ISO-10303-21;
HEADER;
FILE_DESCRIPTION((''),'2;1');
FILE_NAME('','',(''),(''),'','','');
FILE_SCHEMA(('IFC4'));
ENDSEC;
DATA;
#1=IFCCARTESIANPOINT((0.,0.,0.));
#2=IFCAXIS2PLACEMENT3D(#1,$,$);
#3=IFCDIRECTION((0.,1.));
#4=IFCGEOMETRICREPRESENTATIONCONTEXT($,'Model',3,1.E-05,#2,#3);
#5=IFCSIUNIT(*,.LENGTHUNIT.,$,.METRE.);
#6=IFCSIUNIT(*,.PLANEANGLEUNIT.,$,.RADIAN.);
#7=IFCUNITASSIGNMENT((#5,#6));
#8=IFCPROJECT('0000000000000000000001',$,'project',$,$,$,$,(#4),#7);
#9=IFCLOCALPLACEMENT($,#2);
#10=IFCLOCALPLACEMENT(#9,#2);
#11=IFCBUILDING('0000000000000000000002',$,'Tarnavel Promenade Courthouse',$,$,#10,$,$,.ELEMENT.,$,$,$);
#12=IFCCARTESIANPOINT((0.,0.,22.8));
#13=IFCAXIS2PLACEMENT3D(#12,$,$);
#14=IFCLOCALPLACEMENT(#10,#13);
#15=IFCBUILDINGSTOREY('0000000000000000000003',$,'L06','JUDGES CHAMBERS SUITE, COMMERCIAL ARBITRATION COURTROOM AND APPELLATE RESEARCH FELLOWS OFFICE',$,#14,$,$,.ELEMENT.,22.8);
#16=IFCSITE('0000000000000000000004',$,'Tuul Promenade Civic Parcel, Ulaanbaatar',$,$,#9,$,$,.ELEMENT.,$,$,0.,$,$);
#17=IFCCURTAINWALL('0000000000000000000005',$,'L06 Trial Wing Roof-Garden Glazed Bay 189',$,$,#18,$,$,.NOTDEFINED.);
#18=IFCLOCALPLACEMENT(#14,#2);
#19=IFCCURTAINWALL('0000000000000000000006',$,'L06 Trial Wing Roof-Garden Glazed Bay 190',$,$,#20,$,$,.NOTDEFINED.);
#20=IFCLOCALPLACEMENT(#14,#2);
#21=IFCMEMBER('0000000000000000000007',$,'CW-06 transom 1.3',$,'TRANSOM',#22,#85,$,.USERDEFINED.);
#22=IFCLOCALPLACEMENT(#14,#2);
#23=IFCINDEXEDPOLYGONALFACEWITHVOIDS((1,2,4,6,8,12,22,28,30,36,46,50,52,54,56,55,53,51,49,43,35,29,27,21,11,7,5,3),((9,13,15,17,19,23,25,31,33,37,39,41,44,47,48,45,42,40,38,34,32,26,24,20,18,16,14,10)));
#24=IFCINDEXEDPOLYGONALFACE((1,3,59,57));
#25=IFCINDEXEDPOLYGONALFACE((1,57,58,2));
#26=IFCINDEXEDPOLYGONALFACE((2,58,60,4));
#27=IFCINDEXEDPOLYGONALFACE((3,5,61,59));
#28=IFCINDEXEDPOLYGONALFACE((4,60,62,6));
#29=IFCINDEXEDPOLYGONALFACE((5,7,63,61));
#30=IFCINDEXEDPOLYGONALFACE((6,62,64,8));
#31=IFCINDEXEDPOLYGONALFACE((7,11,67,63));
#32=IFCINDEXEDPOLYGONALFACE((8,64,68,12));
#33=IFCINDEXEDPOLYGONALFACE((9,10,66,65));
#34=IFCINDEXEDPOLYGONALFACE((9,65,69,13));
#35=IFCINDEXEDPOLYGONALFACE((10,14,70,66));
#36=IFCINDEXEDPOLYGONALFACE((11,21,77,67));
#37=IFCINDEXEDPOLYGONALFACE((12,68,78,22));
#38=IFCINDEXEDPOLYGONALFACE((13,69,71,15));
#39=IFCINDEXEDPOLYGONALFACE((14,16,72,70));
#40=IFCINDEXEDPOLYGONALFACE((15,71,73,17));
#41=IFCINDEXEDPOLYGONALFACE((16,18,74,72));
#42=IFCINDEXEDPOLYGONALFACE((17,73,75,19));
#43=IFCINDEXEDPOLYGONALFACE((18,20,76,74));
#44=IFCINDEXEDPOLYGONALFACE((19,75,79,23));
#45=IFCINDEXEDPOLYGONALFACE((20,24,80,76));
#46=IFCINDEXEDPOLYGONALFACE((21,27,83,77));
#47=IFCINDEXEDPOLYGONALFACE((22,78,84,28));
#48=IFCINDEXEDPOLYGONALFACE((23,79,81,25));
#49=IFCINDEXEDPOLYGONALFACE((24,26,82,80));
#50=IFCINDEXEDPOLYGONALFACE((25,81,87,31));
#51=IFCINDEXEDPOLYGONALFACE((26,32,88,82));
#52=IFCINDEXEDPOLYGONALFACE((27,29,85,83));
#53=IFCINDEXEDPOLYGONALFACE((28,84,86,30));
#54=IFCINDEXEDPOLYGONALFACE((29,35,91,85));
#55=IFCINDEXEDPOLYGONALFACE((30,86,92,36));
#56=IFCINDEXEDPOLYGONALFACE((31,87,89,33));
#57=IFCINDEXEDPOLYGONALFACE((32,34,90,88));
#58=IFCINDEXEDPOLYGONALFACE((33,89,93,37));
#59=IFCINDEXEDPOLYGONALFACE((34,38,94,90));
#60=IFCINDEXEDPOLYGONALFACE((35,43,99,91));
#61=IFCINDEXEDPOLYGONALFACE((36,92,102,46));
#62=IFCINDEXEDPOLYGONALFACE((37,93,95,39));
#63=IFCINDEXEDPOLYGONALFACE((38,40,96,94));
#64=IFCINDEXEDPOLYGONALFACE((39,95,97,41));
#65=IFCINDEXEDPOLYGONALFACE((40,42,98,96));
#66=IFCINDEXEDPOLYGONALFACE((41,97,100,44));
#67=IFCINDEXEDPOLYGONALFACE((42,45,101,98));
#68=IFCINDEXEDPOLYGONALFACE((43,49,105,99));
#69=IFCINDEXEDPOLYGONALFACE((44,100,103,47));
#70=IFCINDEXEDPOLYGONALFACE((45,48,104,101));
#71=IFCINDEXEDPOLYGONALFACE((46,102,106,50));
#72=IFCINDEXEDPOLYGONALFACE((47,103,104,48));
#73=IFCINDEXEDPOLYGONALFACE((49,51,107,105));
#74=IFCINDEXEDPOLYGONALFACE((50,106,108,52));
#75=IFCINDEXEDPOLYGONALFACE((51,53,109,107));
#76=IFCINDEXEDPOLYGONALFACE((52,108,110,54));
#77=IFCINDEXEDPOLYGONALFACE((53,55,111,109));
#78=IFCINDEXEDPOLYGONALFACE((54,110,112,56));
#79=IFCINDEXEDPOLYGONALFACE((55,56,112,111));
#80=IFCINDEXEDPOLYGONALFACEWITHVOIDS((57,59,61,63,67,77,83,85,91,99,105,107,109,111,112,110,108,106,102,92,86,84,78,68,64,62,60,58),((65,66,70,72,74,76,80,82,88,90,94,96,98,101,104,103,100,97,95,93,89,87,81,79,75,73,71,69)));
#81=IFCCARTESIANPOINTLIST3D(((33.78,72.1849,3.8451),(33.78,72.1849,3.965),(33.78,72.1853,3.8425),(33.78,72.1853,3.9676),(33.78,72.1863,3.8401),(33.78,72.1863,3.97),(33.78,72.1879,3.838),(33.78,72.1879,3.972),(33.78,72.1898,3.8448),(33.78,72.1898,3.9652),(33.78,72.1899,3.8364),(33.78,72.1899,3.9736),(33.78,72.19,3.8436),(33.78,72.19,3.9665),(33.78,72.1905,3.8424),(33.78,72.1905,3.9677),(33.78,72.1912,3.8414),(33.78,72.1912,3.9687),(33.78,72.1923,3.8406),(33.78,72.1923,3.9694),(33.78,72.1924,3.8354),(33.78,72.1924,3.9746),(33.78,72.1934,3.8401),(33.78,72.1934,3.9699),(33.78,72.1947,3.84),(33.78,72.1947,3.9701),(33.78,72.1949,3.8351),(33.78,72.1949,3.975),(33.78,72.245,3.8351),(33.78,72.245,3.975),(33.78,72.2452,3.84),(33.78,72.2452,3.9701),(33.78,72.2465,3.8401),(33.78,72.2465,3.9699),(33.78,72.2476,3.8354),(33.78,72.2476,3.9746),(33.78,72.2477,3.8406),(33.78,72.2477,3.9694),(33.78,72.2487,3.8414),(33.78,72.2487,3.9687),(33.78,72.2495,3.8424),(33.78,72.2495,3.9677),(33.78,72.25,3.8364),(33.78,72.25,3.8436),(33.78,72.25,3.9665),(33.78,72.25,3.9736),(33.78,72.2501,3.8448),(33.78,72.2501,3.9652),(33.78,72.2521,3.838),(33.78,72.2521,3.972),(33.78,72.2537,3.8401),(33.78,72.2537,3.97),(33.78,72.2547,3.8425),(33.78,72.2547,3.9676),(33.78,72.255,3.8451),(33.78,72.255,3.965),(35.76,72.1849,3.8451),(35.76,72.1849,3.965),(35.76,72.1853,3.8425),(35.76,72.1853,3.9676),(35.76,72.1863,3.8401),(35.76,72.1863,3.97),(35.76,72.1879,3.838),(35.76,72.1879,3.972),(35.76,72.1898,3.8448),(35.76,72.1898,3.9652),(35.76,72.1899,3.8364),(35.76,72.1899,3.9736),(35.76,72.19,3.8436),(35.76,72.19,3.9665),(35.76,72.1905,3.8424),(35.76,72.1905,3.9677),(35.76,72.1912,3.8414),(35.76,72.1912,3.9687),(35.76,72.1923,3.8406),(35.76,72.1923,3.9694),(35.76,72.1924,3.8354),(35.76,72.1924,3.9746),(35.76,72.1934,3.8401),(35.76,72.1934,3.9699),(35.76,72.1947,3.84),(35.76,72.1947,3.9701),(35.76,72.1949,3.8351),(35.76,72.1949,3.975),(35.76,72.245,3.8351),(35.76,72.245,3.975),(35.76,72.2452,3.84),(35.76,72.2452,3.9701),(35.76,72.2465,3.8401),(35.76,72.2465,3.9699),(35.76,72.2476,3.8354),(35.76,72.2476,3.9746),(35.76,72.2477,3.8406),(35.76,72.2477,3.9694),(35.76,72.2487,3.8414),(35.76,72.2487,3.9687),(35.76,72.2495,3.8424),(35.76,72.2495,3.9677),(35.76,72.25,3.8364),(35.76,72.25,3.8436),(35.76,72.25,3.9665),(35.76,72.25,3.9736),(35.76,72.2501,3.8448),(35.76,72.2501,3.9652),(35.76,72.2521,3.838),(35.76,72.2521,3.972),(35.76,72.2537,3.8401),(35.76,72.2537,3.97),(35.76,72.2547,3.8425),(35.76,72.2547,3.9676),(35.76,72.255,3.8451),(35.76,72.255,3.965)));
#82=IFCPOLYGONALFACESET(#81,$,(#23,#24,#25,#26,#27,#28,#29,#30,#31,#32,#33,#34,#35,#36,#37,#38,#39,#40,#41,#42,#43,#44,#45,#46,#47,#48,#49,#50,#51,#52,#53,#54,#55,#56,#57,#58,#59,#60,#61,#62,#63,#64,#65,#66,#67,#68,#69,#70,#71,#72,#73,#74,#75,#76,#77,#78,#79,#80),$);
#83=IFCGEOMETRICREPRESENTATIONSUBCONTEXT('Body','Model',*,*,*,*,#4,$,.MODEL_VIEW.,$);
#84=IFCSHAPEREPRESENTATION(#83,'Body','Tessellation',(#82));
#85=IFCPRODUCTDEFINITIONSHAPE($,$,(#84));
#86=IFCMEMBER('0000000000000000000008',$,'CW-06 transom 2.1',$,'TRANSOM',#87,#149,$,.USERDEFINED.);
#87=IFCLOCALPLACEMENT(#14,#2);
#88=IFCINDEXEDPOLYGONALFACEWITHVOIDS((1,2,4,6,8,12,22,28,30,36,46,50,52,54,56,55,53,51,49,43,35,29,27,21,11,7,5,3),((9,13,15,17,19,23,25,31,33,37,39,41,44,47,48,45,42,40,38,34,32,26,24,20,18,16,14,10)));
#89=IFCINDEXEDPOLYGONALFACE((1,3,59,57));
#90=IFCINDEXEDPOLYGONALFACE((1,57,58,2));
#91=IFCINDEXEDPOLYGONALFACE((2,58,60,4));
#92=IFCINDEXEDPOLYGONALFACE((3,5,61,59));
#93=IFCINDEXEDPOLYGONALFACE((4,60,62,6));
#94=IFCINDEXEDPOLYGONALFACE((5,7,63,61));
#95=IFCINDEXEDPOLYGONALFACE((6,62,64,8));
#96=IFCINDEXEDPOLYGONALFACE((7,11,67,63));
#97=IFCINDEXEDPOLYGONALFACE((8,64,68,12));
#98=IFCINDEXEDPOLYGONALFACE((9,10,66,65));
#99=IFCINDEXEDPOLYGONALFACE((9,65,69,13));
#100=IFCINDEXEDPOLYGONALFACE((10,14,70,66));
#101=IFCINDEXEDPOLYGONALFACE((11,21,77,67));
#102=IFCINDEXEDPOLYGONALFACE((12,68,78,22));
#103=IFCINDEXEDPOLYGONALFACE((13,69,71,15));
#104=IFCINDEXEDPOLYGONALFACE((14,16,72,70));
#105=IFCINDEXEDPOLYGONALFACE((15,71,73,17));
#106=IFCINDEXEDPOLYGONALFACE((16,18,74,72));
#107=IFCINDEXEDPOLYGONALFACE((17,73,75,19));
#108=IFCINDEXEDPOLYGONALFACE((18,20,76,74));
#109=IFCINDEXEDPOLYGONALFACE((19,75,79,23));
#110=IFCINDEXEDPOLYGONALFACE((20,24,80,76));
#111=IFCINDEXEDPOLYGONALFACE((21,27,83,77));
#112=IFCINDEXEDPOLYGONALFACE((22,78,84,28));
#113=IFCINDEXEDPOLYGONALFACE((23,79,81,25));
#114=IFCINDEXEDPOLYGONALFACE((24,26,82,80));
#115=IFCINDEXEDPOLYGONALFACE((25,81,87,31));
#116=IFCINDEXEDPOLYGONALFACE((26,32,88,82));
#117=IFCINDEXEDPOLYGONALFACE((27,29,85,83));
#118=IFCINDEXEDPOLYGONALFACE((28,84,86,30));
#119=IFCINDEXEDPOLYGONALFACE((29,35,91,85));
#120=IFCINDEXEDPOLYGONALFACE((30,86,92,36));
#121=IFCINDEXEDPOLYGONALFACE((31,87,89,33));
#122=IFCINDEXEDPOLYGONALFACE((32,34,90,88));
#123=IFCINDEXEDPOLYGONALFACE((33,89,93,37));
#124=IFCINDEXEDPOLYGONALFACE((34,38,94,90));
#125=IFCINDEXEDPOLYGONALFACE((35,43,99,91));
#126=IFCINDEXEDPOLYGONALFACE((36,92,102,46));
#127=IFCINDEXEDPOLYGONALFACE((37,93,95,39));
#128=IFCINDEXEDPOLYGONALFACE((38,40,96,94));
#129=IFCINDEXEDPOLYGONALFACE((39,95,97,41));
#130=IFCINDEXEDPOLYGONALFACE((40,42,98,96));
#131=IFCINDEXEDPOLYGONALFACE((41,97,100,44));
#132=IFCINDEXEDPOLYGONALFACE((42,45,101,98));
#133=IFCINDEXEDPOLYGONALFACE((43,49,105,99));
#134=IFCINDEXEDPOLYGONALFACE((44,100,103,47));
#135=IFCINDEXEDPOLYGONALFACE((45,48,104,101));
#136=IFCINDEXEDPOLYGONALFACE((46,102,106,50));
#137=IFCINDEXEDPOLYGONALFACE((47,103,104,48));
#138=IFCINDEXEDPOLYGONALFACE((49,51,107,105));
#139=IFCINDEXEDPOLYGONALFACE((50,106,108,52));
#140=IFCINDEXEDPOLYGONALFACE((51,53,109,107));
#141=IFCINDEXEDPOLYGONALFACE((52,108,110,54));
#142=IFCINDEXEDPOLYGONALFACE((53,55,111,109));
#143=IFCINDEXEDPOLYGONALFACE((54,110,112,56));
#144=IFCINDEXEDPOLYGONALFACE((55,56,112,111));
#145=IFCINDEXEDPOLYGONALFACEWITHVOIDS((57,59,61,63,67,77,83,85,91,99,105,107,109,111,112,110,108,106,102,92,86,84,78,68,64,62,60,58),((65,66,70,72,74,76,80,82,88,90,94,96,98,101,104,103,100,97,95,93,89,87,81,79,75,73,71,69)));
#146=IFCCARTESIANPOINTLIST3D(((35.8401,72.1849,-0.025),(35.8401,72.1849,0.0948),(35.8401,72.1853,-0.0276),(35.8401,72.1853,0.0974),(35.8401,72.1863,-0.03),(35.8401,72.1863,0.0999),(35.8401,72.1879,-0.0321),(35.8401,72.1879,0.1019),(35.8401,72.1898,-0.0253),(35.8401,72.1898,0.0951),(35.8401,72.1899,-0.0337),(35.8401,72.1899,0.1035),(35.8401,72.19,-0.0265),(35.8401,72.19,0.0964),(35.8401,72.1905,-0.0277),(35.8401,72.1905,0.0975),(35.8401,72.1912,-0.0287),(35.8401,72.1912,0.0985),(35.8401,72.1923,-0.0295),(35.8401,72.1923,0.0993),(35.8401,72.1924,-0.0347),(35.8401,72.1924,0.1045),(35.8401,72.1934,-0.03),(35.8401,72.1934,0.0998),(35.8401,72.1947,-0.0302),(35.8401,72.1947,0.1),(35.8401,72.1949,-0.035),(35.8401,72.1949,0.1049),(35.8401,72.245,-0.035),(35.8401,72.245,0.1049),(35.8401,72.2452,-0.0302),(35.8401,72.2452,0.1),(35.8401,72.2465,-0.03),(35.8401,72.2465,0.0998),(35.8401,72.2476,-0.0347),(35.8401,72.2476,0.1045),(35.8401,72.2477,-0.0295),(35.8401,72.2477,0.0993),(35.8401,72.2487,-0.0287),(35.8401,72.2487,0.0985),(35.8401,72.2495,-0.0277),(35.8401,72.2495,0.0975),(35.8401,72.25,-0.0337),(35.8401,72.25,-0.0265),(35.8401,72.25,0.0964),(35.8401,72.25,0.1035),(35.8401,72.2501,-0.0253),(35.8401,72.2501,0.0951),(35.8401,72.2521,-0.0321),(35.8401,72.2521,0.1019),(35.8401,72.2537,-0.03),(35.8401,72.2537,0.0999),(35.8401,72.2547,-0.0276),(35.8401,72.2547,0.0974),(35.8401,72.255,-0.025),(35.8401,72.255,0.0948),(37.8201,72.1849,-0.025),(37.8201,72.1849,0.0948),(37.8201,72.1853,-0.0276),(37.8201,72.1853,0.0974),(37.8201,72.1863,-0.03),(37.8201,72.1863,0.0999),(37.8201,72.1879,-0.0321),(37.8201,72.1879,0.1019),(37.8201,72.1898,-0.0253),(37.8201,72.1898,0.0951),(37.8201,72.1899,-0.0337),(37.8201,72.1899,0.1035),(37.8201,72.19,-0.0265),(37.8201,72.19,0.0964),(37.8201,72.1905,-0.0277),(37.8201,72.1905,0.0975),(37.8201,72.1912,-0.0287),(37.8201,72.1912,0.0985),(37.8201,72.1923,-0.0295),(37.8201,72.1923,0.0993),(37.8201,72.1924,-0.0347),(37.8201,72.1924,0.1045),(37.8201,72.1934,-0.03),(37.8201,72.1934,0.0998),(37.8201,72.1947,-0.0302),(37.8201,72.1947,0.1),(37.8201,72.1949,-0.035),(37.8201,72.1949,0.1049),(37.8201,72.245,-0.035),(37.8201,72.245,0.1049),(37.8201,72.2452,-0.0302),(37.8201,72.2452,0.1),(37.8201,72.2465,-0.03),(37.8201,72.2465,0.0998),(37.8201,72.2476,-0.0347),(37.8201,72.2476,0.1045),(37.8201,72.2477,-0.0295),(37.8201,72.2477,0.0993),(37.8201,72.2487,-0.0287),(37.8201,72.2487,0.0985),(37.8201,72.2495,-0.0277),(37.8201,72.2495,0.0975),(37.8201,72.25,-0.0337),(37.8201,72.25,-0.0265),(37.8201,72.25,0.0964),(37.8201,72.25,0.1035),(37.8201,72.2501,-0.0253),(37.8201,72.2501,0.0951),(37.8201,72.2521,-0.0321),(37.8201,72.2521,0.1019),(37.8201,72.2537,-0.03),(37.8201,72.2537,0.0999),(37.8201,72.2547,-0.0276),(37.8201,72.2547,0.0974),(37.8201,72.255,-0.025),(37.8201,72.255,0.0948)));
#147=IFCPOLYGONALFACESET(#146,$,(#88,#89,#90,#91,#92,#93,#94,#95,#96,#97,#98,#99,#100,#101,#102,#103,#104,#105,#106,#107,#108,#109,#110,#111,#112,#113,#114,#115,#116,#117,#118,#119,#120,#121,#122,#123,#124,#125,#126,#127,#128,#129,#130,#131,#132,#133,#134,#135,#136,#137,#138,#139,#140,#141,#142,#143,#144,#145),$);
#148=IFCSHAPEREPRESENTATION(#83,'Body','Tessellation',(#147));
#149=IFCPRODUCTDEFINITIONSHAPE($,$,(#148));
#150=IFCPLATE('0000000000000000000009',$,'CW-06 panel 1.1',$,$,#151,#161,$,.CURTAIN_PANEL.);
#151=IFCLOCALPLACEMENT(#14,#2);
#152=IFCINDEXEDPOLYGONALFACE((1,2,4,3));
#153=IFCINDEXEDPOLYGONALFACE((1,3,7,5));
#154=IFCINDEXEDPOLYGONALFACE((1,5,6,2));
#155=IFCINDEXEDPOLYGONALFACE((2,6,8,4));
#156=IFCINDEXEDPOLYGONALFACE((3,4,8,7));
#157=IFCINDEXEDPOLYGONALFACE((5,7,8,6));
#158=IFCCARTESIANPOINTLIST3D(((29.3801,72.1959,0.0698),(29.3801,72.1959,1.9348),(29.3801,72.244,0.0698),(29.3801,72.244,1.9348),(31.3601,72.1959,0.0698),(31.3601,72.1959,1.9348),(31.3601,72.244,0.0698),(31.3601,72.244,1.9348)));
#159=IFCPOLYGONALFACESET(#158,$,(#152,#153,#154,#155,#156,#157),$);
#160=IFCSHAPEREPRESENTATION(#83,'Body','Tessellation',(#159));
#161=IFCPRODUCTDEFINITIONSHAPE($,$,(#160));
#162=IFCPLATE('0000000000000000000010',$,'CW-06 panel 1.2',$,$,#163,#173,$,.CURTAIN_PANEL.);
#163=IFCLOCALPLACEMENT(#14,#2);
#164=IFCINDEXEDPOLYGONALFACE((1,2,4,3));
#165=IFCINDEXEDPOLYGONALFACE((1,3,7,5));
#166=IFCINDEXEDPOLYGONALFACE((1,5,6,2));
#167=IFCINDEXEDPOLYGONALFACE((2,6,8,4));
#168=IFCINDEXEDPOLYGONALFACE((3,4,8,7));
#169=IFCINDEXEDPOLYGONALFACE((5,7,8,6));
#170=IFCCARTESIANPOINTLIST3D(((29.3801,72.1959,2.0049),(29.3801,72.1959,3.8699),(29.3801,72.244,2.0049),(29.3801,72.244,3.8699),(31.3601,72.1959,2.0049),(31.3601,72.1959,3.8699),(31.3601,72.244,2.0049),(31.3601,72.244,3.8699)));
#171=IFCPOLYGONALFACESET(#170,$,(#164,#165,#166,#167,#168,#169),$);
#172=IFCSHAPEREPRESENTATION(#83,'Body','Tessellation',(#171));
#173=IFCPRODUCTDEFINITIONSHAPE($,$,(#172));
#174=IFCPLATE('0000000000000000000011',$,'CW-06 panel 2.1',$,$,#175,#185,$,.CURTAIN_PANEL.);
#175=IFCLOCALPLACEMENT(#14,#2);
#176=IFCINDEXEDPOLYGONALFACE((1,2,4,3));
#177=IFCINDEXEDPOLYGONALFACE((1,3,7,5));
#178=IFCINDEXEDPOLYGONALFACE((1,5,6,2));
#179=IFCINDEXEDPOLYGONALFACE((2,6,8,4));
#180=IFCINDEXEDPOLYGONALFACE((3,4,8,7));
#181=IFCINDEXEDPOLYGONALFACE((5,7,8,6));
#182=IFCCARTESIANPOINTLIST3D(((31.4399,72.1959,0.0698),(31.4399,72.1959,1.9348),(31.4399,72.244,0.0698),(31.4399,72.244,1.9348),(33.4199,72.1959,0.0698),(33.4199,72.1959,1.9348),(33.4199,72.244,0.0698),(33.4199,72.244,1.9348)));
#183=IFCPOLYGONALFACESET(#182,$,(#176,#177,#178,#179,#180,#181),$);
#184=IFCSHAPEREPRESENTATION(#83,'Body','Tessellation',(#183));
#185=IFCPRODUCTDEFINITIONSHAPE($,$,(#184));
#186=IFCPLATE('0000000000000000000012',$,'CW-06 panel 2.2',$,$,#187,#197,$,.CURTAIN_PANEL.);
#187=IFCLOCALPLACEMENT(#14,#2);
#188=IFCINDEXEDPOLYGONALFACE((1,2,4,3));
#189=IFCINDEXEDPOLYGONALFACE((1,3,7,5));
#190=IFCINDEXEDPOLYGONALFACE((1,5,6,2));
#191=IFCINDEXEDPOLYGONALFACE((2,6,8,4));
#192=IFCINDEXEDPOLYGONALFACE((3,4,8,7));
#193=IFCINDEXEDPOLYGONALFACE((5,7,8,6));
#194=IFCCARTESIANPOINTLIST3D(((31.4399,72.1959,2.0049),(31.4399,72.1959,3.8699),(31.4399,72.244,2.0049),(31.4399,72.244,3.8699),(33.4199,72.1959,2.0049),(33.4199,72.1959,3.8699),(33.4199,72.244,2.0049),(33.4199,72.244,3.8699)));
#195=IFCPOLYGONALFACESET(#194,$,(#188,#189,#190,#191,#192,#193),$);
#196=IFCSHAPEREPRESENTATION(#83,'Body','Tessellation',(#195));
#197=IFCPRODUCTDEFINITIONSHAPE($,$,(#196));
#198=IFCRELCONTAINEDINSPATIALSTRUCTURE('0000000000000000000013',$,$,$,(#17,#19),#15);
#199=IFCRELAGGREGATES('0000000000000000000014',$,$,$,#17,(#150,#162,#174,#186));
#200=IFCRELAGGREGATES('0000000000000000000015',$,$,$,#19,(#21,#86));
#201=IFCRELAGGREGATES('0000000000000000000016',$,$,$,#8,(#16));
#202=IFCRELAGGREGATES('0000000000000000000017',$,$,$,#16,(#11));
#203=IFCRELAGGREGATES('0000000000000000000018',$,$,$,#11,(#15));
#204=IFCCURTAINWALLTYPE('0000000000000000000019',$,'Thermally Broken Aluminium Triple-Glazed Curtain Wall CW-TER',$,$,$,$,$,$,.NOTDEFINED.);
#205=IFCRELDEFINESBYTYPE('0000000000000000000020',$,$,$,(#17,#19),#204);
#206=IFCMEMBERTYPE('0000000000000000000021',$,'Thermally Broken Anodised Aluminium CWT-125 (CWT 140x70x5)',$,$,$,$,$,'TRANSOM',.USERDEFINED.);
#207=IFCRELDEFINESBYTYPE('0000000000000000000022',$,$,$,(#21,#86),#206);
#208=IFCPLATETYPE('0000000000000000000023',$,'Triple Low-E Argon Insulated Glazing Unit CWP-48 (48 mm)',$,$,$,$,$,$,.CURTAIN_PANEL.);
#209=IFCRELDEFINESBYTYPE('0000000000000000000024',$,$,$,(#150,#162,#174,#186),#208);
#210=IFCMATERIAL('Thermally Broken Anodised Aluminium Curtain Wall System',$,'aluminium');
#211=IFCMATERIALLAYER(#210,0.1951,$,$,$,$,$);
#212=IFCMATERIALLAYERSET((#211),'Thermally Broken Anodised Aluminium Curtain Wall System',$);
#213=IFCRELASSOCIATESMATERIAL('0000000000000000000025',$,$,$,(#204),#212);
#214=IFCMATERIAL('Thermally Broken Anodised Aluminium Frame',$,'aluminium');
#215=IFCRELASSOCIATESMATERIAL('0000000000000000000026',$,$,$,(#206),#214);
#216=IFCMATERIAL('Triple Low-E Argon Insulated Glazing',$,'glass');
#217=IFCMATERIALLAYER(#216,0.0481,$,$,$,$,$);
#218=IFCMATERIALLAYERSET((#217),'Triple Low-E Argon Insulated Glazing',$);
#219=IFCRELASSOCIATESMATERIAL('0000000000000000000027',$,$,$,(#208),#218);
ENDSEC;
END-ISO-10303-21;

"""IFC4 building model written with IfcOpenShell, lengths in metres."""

from ifc_helpers import new_model, si_unit, direction, frame, origin, origin_2d, place, context, subcontext, project, spatial, rectangle, hollow_rectangle, extrude, material, layer, layer_set, material_profile, profile_set, type_object, element, aggregate, save


model = new_model("IFC4")

# Units and contexts
model_context = context("Model", 3, precision=1e-05, world=origin(), true_north=direction((0.0, 1.0)))
body_context = subcontext(model_context, "Body", "Model", "MODEL_VIEW")
ifc_project = project(units=[si_unit("LENGTHUNIT", "METRE"), si_unit("PLANEANGLEUNIT", "RADIAN")], contexts=[model_context])

# Site, building, storey
site_placement = place(None, origin())
site = spatial("IfcSite", under=ifc_project, at=site_placement, Name="Tuul Promenade Civic Parcel, Ulaanbaatar", CompositionType="ELEMENT", RefElevation=0.0)
building_placement = place(site_placement, origin())
building = spatial("IfcBuilding", under=site, at=building_placement, Name="Tarnavel Promenade Courthouse", CompositionType="ELEMENT")
storey_placement = place(building_placement, frame((0.0, 0.0, 22.8)))
storey = spatial("IfcBuildingStorey", under=building, at=storey_placement, Name="L06", Description="JUDGES CHAMBERS SUITE, COMMERCIAL ARBITRATION COURTROOM AND APPELLATE RESEARCH FELLOWS OFFICE", CompositionType="ELEMENT", Elevation=22.8)

# Curtain walls
ifc_material_1 = material(Name="Thermally Broken Anodised Aluminium Curtain Wall System", Category="aluminium")
ifc_layer_1 = layer(ifc_material_1, 0.1951)
ifc_layer_set_1 = layer_set([ifc_layer_1], Name="Thermally Broken Anodised Aluminium Curtain Wall System")
curtain_wall_type = type_object("IfcCurtainWallType", Name="Thermally Broken Aluminium Triple-Glazed Curtain Wall CW-TER", PredefinedType="NOTDEFINED", material=ifc_layer_set_1)
curtain_wall_1_placement = place(storey_placement, origin())
curtain_wall_1 = element("IfcCurtainWall", 1, at=curtain_wall_1_placement, inside=storey, type_object=curtain_wall_type, Name="L06 Trial Wing Roof-Garden Glazed Bay 189", PredefinedType="NOTDEFINED")
ifc_material_2 = material(Name="Thermally Broken Anodised Aluminium Frame", Category="aluminium")
curtain_wall_2_placement = place(storey_placement, origin())
curtain_wall_2 = element("IfcCurtainWall", 2, at=curtain_wall_2_placement, inside=storey, type_object=curtain_wall_type, Name="L06 Trial Wing Roof-Garden Glazed Bay 190", PredefinedType="NOTDEFINED")

# Members
ifc_material_profile_1 = material_profile(ifc_material_2, hollow_rectangle(XDim=0.0701, YDim=0.1399, WallThickness=0.0049, InnerFilletRadius=0.0049, OuterFilletRadius=0.01, at=origin_2d()), Name="CWT 140x70x5")
ifc_profile_set_1 = profile_set([ifc_material_profile_1], Name="Thermally Broken Anodised Aluminium Frame")
member_type_1 = type_object("IfcMemberType", Name="Thermally Broken Anodised Aluminium CWT-125 (CWT 140x70x5)", ElementType="TRANSOM", PredefinedType="USERDEFINED", material=ifc_profile_set_1)
member_1_placement = place(storey_placement, frame((33.78, 72.22, 3.905), z_axis=(1.0, 0.0, 0.0), x_axis=(0.0, 1.0, 0.0)))
member_1 = element("IfcMember", 3, at=member_1_placement, type_object=member_type_1, Name="CW-06 transom 1.3", ObjectType="TRANSOM", PredefinedType="USERDEFINED", context=body_context, shape_type="SweptSolid", body=[
    extrude(hollow_rectangle(XDim=0.0701, YDim=0.1399, WallThickness=0.0049, InnerFilletRadius=0.0049, OuterFilletRadius=0.01, at=origin_2d()), origin(), (0.0, 0.0, 1.0), 1.98),
])
member_2_placement = place(storey_placement, frame((35.8401, 72.22, 0.0349), z_axis=(1.0, 0.0, 0.0), x_axis=(0.0, 1.0, 0.0)))
member_2 = element("IfcMember", 4, at=member_2_placement, type_object=member_type_1, Name="CW-06 transom 2.1", ObjectType="TRANSOM", PredefinedType="USERDEFINED", context=body_context, shape_type="SweptSolid", body=[
    extrude(hollow_rectangle(XDim=0.0701, YDim=0.1399, WallThickness=0.0049, InnerFilletRadius=0.0049, OuterFilletRadius=0.01, at=origin_2d()), origin(), (0.0, 0.0, 1.0), 1.98),
])

# Plates
ifc_material_3 = material(Name="Triple Low-E Argon Insulated Glazing", Category="glass")
ifc_layer_2 = layer(ifc_material_3, 0.0481)
ifc_layer_set_2 = layer_set([ifc_layer_2], Name="Triple Low-E Argon Insulated Glazing")
plate_type = type_object("IfcPlateType", Name="Triple Low-E Argon Insulated Glazing Unit CWP-48 (48 mm)", PredefinedType="CURTAIN_PANEL", material=ifc_layer_set_2)
plate_1_placement = place(storey_placement, frame((30.3701, 72.22, 0.0698), z_axis=(0.0, 0.0, 1.0), x_axis=(1.0, 0.0, 0.0)))
plate_1 = element("IfcPlate", 5, at=plate_1_placement, type_object=plate_type, Name="CW-06 panel 1.1", PredefinedType="CURTAIN_PANEL", context=body_context, shape_type="SweptSolid", body=[
    extrude(rectangle(XDim=1.98, YDim=0.0481, at=origin_2d()), origin(), (0.0, 0.0, 1.0), 1.865),
])
plate_2_placement = place(storey_placement, frame((30.3701, 72.22, 2.0049), z_axis=(0.0, 0.0, 1.0), x_axis=(1.0, 0.0, 0.0)))
plate_2 = element("IfcPlate", 6, at=plate_2_placement, type_object=plate_type, Name="CW-06 panel 1.2", PredefinedType="CURTAIN_PANEL", context=body_context, shape_type="SweptSolid", body=[
    extrude(rectangle(XDim=1.98, YDim=0.0481, at=origin_2d()), origin(), (0.0, 0.0, 1.0), 1.865),
])
plate_3_placement = place(storey_placement, frame((32.4299, 72.22, 0.0698), z_axis=(0.0, 0.0, 1.0), x_axis=(1.0, 0.0, 0.0)))
plate_3 = element("IfcPlate", 7, at=plate_3_placement, type_object=plate_type, Name="CW-06 panel 2.1", PredefinedType="CURTAIN_PANEL", context=body_context, shape_type="SweptSolid", body=[
    extrude(rectangle(XDim=1.98, YDim=0.0481, at=origin_2d()), origin(), (0.0, 0.0, 1.0), 1.865),
])
plate_4_placement = place(storey_placement, frame((32.4299, 72.22, 2.0049), z_axis=(0.0, 0.0, 1.0), x_axis=(1.0, 0.0, 0.0)))
plate_4 = element("IfcPlate", 8, at=plate_4_placement, type_object=plate_type, Name="CW-06 panel 2.2", PredefinedType="CURTAIN_PANEL", context=body_context, shape_type="SweptSolid", body=[
    extrude(rectangle(XDim=1.98, YDim=0.0481, at=origin_2d()), origin(), (0.0, 0.0, 1.0), 1.865),
])
aggregate(curtain_wall_1, [plate_1, plate_2, plate_3, plate_4])
aggregate(curtain_wall_2, [member_1, member_2])

save(model, "model.ifc")
